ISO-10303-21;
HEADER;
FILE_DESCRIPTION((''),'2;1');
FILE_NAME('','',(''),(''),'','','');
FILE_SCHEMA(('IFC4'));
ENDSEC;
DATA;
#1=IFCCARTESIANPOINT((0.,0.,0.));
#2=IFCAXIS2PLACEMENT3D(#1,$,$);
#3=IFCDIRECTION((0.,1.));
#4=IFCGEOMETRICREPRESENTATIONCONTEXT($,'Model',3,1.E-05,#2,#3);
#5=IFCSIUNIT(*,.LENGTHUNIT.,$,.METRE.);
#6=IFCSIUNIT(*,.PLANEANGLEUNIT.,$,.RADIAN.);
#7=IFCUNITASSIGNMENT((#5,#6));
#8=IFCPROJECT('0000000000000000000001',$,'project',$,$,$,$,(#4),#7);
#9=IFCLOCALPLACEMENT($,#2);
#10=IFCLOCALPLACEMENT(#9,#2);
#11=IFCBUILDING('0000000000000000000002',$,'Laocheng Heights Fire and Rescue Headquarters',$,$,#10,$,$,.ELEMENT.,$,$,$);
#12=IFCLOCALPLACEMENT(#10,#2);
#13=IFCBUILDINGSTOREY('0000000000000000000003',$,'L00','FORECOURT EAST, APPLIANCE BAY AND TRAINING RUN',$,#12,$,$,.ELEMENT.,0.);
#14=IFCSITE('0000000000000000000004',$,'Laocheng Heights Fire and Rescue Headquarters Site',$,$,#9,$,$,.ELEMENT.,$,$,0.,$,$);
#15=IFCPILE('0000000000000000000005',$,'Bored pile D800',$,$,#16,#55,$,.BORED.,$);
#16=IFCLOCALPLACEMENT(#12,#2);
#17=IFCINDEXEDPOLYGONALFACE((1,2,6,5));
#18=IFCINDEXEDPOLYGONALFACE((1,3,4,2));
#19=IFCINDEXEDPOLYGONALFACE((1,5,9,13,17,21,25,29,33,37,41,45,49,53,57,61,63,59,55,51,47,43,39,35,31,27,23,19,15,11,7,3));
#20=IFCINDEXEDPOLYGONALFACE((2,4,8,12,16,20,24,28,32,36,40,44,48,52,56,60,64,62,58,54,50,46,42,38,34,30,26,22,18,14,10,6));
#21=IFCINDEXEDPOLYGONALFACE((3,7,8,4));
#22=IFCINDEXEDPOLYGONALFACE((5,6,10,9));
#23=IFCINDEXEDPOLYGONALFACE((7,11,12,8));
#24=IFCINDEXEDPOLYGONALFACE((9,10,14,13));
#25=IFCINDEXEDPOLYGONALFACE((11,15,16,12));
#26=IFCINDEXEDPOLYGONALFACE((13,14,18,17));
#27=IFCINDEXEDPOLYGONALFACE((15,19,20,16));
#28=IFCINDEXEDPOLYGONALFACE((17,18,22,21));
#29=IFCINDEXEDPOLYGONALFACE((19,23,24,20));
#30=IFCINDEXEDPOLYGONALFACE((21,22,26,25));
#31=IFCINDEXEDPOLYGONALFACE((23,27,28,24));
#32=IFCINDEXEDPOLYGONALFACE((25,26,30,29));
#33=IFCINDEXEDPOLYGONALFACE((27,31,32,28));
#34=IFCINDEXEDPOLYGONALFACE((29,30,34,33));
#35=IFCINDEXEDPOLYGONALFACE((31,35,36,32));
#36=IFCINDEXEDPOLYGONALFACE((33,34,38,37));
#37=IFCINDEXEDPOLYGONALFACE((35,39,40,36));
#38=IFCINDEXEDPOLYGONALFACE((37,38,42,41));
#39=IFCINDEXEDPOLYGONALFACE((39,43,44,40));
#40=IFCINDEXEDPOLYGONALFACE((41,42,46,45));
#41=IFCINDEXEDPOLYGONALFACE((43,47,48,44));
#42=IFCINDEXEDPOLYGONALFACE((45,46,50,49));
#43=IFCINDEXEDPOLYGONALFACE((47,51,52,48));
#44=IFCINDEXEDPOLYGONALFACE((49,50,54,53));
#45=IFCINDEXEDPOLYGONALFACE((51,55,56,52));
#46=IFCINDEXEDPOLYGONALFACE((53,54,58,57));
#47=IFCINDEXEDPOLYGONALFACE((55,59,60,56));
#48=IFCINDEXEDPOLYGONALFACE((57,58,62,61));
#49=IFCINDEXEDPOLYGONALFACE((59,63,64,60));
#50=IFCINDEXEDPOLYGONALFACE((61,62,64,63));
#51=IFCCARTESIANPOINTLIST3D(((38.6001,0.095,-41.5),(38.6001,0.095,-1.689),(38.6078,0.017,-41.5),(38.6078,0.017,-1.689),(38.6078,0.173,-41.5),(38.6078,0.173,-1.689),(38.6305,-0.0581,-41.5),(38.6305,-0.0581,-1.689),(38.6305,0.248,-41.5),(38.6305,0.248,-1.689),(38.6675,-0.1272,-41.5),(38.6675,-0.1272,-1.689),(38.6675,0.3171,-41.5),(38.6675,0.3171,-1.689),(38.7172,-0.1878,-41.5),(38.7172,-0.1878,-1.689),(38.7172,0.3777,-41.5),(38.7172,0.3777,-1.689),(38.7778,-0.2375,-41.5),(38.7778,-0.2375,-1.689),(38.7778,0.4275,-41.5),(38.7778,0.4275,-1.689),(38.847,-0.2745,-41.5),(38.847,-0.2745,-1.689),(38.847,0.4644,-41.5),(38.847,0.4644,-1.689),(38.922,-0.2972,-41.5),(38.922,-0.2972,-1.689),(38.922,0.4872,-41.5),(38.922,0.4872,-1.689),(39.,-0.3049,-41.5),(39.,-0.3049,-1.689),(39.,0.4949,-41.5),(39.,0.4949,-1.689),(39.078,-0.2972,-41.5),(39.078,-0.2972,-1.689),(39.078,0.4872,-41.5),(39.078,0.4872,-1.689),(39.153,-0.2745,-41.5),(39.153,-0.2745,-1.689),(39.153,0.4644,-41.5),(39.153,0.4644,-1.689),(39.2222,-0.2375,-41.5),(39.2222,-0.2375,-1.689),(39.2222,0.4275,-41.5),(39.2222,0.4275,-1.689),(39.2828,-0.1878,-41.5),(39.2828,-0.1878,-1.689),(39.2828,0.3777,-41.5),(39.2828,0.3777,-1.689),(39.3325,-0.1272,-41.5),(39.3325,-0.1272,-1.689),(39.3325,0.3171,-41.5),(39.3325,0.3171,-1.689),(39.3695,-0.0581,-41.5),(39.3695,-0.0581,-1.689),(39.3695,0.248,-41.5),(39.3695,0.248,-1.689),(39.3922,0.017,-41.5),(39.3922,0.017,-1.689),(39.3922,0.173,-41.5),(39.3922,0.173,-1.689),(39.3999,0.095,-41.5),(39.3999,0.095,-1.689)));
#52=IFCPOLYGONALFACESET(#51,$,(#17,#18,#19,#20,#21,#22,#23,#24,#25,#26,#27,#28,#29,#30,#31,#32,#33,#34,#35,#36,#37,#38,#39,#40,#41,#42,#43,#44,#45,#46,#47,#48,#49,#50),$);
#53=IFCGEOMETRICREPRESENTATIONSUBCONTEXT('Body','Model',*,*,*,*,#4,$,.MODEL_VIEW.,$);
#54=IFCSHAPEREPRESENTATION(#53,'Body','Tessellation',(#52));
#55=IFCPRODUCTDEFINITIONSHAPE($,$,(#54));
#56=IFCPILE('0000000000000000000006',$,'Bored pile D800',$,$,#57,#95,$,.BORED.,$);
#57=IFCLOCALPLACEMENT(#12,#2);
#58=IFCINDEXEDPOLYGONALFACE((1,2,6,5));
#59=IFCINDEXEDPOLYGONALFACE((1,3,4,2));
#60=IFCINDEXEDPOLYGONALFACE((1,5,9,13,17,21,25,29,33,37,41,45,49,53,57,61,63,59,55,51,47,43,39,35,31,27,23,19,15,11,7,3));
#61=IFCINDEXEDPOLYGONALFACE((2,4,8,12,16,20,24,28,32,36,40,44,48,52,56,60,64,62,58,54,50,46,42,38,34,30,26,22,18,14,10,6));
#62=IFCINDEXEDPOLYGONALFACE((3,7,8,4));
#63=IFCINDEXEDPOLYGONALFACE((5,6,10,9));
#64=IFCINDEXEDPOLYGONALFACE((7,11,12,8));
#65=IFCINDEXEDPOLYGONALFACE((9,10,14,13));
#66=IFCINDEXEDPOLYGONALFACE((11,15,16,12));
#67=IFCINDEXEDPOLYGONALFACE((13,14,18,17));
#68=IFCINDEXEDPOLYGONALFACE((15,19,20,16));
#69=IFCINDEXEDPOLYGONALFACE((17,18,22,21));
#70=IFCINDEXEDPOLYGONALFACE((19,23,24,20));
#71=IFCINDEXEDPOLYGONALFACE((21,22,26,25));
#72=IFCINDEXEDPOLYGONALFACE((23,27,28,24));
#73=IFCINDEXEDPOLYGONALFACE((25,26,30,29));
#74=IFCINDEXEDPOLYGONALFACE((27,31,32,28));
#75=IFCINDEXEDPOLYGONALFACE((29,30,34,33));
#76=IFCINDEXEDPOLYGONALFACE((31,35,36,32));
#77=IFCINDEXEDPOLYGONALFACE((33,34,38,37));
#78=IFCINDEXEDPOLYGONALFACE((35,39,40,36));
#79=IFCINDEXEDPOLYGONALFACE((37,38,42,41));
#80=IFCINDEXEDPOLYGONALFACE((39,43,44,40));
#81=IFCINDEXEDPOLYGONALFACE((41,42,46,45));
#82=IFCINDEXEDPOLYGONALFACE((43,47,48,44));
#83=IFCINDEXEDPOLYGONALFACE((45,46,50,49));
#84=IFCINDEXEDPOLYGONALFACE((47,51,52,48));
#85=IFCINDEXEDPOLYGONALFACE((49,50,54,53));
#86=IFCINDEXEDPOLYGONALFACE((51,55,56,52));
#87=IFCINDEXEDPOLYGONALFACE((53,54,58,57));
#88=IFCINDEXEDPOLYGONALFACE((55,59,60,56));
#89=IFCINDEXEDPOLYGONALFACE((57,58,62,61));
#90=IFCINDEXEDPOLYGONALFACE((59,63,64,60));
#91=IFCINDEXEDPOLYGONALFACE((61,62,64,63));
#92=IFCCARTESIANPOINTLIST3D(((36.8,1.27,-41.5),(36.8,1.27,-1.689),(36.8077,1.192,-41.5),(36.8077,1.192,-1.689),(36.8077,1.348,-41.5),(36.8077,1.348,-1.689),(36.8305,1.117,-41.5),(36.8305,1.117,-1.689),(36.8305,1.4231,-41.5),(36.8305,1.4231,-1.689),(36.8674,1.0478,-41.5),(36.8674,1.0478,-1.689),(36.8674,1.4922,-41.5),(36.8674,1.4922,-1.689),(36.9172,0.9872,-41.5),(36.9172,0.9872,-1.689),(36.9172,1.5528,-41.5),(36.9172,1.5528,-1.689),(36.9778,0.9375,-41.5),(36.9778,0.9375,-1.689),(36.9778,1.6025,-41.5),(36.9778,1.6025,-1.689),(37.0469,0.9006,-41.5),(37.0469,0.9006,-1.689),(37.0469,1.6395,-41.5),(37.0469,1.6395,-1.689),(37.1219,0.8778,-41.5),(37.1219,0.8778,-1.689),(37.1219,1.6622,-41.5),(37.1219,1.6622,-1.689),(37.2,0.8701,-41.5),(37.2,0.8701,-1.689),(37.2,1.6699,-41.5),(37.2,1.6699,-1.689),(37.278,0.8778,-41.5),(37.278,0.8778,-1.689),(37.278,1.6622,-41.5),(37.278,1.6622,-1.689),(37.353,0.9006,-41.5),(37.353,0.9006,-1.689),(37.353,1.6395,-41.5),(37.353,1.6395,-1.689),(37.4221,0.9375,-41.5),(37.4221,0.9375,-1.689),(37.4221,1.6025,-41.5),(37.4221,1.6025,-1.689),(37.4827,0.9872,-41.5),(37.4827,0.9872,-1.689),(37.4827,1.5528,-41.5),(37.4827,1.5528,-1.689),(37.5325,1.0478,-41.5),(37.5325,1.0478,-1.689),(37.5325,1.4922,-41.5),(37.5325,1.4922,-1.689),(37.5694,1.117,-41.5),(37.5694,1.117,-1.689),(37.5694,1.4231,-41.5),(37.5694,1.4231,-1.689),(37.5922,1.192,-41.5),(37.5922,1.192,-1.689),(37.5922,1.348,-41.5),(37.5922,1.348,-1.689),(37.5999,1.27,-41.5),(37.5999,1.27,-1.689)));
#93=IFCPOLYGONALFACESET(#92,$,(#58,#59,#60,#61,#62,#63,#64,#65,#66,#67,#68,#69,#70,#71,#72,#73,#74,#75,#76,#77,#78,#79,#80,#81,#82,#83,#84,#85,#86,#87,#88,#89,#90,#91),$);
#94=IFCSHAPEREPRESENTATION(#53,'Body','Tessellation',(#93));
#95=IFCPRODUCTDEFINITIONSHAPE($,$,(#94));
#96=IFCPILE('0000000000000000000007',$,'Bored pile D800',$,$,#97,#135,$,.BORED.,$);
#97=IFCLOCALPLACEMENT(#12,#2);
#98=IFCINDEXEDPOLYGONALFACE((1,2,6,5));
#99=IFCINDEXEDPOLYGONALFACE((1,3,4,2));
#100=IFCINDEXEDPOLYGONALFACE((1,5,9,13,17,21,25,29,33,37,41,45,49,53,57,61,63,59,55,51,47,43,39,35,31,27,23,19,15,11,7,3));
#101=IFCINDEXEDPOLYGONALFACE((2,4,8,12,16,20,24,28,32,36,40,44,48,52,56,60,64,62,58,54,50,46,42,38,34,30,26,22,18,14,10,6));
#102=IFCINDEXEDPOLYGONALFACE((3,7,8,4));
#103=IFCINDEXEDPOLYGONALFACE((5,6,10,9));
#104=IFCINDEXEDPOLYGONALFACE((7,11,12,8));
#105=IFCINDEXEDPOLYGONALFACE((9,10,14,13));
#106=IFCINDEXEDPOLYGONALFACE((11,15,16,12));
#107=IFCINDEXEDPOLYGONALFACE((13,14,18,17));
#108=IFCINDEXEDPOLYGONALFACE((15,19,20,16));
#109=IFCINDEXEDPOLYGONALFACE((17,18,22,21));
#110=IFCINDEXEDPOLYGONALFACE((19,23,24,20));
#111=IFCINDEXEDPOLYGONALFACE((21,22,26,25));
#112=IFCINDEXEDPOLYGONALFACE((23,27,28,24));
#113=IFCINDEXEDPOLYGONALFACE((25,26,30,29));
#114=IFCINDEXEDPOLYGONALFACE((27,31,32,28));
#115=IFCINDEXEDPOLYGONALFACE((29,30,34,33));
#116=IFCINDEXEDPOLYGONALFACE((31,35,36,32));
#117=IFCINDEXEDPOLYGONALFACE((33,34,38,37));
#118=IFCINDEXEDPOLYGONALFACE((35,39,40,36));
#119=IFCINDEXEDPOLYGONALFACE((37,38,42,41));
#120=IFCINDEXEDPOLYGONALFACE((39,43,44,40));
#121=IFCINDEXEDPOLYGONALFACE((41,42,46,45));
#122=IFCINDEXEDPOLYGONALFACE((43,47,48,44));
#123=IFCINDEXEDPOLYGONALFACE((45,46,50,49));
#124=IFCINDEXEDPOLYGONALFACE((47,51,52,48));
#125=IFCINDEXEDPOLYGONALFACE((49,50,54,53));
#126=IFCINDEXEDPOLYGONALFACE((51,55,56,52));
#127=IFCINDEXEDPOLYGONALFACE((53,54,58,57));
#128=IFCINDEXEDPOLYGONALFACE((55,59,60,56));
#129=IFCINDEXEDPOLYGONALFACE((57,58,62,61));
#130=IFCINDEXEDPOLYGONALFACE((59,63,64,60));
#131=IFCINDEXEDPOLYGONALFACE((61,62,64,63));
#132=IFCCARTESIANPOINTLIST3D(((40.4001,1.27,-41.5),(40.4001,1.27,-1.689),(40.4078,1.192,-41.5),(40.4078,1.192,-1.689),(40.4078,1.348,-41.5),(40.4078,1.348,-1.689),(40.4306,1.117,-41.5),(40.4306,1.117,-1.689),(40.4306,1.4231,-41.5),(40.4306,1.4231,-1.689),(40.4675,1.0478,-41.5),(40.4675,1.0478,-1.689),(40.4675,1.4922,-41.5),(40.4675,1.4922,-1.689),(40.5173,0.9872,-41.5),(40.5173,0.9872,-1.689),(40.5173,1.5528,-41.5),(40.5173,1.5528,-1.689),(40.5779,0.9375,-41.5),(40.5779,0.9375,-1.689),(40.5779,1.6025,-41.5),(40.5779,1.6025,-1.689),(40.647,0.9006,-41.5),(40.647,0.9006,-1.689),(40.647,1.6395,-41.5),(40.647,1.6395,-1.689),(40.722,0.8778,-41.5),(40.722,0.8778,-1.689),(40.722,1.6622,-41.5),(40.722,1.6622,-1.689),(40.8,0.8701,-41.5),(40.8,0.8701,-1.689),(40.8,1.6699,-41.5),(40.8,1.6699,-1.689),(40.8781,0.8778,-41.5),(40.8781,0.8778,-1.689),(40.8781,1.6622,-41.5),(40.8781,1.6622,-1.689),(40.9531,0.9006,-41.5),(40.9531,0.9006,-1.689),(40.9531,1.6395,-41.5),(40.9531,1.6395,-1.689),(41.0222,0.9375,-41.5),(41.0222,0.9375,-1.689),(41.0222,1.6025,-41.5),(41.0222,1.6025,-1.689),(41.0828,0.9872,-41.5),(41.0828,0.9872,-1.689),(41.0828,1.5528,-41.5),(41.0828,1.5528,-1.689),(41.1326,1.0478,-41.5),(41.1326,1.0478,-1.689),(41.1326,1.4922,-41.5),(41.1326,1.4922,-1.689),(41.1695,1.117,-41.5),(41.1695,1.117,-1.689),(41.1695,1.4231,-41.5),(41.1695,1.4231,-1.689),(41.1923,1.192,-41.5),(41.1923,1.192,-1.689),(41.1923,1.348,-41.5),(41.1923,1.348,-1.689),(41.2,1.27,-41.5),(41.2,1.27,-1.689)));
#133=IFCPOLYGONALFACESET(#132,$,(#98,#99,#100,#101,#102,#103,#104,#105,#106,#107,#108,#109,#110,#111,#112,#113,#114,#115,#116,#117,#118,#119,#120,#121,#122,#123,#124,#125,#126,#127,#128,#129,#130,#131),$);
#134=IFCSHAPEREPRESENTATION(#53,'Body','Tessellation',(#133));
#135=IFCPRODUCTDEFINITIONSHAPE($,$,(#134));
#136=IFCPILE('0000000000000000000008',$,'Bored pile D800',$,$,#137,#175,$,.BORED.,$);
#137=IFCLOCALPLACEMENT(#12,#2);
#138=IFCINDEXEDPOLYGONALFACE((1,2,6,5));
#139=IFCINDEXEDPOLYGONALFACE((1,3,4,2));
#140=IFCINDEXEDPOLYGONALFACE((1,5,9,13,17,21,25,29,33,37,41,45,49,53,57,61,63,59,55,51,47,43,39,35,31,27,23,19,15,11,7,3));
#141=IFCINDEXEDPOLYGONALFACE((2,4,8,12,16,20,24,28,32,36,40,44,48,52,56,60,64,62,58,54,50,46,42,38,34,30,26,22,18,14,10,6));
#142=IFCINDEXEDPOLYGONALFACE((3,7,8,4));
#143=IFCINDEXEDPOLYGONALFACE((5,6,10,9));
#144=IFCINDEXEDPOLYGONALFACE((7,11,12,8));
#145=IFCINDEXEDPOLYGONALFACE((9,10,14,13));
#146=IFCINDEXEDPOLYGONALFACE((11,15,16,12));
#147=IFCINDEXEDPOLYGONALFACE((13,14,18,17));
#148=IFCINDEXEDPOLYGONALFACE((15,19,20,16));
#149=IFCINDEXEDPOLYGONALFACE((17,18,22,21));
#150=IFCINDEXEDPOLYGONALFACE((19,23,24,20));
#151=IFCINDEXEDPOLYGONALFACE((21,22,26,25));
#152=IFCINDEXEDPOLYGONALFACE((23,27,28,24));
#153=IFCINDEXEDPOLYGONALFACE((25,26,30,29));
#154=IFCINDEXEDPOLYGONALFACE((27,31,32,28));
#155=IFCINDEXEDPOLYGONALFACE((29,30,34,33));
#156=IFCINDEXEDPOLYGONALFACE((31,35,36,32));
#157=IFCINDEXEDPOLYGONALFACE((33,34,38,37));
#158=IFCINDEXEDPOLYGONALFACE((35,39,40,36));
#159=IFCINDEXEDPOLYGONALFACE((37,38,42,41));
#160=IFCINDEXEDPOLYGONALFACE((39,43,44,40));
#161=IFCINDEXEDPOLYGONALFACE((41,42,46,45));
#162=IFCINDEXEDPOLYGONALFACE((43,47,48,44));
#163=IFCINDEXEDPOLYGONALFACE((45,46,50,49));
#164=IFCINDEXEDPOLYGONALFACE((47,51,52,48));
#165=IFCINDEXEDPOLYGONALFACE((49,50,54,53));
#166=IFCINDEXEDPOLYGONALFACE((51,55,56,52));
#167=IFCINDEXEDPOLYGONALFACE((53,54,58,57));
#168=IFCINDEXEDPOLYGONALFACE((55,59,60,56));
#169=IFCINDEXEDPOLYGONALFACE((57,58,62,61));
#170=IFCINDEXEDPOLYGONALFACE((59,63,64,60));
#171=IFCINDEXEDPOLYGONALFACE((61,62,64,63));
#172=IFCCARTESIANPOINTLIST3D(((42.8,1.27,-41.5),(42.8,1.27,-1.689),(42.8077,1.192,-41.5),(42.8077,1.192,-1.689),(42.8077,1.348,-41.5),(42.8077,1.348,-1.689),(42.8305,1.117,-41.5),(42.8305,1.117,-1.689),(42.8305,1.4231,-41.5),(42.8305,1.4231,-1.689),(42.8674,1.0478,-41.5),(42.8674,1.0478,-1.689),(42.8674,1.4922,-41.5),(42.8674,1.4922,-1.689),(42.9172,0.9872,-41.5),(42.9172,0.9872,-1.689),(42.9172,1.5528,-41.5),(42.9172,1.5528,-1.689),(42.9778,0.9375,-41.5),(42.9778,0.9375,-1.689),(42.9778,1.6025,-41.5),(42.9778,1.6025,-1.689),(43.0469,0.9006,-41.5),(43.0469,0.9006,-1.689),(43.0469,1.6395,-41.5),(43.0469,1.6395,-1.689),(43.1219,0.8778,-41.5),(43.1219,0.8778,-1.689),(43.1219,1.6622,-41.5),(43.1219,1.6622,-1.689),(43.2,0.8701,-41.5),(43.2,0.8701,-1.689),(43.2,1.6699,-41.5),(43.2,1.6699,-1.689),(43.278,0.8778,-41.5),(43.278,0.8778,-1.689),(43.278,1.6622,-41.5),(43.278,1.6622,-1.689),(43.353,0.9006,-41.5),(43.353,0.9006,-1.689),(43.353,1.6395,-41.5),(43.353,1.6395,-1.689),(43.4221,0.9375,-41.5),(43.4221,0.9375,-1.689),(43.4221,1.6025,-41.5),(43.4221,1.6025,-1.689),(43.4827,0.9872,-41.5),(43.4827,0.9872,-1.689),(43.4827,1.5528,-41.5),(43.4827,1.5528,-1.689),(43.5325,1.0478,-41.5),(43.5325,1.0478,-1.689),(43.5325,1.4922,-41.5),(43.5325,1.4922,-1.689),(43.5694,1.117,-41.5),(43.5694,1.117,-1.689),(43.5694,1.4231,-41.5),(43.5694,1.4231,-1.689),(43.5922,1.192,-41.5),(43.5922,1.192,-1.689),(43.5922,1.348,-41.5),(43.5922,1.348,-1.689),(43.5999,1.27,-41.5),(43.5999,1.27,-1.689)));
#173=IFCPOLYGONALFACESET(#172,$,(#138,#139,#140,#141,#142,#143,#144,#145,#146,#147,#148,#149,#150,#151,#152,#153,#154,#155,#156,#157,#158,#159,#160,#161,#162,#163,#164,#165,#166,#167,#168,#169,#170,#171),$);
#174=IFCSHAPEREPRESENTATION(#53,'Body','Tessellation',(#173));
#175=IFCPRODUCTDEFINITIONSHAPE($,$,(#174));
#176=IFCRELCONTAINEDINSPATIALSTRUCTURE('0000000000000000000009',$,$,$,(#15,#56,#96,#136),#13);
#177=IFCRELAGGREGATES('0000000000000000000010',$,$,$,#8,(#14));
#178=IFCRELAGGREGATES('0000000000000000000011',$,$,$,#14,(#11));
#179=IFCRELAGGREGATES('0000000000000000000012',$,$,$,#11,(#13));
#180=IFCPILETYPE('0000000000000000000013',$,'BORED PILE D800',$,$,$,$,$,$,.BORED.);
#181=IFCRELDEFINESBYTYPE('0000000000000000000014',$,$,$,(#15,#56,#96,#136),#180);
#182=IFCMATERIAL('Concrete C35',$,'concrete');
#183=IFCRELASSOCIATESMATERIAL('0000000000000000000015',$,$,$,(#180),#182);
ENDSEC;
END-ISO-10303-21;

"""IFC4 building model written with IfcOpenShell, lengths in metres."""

from ifc_helpers import new_model, si_unit, direction, frame, origin, origin_2d, place, context, subcontext, project, spatial, circle, extrude, material, material_profile, profile_set, type_object, element, save


model = new_model("IFC4")

# Units and contexts
model_context = context("Model", 3, precision=1e-05, world=origin(), true_north=direction((0.0, 1.0)))
body_context = subcontext(model_context, "Body", "Model", "MODEL_VIEW")
ifc_project = project(units=[si_unit("LENGTHUNIT", "METRE"), si_unit("PLANEANGLEUNIT", "RADIAN")], contexts=[model_context])

# Site, building, storey
site_placement = place(None, origin())
site = spatial("IfcSite", under=ifc_project, at=site_placement, Name="Laocheng Heights Fire and Rescue Headquarters Site", CompositionType="ELEMENT", RefElevation=0.0)
building_placement = place(site_placement, origin())
building = spatial("IfcBuilding", under=site, at=building_placement, Name="Laocheng Heights Fire and Rescue Headquarters", CompositionType="ELEMENT")
storey_placement = place(building_placement, origin())
storey = spatial("IfcBuildingStorey", under=building, at=storey_placement, Name="L00", Description="FORECOURT EAST, APPLIANCE BAY AND TRAINING RUN", CompositionType="ELEMENT", Elevation=0.0)

# Piles
ifc_material_1 = material(Name="Concrete C35", Category="concrete")
ifc_material_profile_1 = material_profile(ifc_material_1, circle(Radius=0.3999, at=origin_2d()), Name="BORED PILE D800")
ifc_profile_set_1 = profile_set([ifc_material_profile_1], Name="Concrete C35")
pile_type_1 = type_object("IfcPileType", Name="BORED PILE D800", PredefinedType="BORED", material=ifc_profile_set_1)
for number, where, z_axis, x_axis, name in (
    (1, (39.0, 0.095, -1.689), (0.0, 0.0, -1.0), (1.0, 0.0, 0.0), "Bored pile D800"),
    (2, (37.2, 1.27, -1.689), (0.0, 0.0, -1.0), (1.0, 0.0, 0.0), "Bored pile D800"),
    (3, (40.8, 1.27, -1.689), (0.0, 0.0, -1.0), (1.0, 0.0, 0.0), "Bored pile D800"),
    (4, (43.2, 1.27, -1.689), (0.0, 0.0, -1.0), (1.0, 0.0, 0.0), "Bored pile D800"),
):
    element("IfcPile", number, at=place(storey_placement, frame(where, z_axis=z_axis, x_axis=x_axis)), inside=storey, type_object=pile_type_1, Name=name, PredefinedType="BORED", context=body_context, shape_type="SweptSolid", body=[
        extrude(circle(Radius=0.3999, at=origin_2d()), origin(), (0.0, 0.0, 1.0), 39.811),
    ])

save(model, "model.ifc")
